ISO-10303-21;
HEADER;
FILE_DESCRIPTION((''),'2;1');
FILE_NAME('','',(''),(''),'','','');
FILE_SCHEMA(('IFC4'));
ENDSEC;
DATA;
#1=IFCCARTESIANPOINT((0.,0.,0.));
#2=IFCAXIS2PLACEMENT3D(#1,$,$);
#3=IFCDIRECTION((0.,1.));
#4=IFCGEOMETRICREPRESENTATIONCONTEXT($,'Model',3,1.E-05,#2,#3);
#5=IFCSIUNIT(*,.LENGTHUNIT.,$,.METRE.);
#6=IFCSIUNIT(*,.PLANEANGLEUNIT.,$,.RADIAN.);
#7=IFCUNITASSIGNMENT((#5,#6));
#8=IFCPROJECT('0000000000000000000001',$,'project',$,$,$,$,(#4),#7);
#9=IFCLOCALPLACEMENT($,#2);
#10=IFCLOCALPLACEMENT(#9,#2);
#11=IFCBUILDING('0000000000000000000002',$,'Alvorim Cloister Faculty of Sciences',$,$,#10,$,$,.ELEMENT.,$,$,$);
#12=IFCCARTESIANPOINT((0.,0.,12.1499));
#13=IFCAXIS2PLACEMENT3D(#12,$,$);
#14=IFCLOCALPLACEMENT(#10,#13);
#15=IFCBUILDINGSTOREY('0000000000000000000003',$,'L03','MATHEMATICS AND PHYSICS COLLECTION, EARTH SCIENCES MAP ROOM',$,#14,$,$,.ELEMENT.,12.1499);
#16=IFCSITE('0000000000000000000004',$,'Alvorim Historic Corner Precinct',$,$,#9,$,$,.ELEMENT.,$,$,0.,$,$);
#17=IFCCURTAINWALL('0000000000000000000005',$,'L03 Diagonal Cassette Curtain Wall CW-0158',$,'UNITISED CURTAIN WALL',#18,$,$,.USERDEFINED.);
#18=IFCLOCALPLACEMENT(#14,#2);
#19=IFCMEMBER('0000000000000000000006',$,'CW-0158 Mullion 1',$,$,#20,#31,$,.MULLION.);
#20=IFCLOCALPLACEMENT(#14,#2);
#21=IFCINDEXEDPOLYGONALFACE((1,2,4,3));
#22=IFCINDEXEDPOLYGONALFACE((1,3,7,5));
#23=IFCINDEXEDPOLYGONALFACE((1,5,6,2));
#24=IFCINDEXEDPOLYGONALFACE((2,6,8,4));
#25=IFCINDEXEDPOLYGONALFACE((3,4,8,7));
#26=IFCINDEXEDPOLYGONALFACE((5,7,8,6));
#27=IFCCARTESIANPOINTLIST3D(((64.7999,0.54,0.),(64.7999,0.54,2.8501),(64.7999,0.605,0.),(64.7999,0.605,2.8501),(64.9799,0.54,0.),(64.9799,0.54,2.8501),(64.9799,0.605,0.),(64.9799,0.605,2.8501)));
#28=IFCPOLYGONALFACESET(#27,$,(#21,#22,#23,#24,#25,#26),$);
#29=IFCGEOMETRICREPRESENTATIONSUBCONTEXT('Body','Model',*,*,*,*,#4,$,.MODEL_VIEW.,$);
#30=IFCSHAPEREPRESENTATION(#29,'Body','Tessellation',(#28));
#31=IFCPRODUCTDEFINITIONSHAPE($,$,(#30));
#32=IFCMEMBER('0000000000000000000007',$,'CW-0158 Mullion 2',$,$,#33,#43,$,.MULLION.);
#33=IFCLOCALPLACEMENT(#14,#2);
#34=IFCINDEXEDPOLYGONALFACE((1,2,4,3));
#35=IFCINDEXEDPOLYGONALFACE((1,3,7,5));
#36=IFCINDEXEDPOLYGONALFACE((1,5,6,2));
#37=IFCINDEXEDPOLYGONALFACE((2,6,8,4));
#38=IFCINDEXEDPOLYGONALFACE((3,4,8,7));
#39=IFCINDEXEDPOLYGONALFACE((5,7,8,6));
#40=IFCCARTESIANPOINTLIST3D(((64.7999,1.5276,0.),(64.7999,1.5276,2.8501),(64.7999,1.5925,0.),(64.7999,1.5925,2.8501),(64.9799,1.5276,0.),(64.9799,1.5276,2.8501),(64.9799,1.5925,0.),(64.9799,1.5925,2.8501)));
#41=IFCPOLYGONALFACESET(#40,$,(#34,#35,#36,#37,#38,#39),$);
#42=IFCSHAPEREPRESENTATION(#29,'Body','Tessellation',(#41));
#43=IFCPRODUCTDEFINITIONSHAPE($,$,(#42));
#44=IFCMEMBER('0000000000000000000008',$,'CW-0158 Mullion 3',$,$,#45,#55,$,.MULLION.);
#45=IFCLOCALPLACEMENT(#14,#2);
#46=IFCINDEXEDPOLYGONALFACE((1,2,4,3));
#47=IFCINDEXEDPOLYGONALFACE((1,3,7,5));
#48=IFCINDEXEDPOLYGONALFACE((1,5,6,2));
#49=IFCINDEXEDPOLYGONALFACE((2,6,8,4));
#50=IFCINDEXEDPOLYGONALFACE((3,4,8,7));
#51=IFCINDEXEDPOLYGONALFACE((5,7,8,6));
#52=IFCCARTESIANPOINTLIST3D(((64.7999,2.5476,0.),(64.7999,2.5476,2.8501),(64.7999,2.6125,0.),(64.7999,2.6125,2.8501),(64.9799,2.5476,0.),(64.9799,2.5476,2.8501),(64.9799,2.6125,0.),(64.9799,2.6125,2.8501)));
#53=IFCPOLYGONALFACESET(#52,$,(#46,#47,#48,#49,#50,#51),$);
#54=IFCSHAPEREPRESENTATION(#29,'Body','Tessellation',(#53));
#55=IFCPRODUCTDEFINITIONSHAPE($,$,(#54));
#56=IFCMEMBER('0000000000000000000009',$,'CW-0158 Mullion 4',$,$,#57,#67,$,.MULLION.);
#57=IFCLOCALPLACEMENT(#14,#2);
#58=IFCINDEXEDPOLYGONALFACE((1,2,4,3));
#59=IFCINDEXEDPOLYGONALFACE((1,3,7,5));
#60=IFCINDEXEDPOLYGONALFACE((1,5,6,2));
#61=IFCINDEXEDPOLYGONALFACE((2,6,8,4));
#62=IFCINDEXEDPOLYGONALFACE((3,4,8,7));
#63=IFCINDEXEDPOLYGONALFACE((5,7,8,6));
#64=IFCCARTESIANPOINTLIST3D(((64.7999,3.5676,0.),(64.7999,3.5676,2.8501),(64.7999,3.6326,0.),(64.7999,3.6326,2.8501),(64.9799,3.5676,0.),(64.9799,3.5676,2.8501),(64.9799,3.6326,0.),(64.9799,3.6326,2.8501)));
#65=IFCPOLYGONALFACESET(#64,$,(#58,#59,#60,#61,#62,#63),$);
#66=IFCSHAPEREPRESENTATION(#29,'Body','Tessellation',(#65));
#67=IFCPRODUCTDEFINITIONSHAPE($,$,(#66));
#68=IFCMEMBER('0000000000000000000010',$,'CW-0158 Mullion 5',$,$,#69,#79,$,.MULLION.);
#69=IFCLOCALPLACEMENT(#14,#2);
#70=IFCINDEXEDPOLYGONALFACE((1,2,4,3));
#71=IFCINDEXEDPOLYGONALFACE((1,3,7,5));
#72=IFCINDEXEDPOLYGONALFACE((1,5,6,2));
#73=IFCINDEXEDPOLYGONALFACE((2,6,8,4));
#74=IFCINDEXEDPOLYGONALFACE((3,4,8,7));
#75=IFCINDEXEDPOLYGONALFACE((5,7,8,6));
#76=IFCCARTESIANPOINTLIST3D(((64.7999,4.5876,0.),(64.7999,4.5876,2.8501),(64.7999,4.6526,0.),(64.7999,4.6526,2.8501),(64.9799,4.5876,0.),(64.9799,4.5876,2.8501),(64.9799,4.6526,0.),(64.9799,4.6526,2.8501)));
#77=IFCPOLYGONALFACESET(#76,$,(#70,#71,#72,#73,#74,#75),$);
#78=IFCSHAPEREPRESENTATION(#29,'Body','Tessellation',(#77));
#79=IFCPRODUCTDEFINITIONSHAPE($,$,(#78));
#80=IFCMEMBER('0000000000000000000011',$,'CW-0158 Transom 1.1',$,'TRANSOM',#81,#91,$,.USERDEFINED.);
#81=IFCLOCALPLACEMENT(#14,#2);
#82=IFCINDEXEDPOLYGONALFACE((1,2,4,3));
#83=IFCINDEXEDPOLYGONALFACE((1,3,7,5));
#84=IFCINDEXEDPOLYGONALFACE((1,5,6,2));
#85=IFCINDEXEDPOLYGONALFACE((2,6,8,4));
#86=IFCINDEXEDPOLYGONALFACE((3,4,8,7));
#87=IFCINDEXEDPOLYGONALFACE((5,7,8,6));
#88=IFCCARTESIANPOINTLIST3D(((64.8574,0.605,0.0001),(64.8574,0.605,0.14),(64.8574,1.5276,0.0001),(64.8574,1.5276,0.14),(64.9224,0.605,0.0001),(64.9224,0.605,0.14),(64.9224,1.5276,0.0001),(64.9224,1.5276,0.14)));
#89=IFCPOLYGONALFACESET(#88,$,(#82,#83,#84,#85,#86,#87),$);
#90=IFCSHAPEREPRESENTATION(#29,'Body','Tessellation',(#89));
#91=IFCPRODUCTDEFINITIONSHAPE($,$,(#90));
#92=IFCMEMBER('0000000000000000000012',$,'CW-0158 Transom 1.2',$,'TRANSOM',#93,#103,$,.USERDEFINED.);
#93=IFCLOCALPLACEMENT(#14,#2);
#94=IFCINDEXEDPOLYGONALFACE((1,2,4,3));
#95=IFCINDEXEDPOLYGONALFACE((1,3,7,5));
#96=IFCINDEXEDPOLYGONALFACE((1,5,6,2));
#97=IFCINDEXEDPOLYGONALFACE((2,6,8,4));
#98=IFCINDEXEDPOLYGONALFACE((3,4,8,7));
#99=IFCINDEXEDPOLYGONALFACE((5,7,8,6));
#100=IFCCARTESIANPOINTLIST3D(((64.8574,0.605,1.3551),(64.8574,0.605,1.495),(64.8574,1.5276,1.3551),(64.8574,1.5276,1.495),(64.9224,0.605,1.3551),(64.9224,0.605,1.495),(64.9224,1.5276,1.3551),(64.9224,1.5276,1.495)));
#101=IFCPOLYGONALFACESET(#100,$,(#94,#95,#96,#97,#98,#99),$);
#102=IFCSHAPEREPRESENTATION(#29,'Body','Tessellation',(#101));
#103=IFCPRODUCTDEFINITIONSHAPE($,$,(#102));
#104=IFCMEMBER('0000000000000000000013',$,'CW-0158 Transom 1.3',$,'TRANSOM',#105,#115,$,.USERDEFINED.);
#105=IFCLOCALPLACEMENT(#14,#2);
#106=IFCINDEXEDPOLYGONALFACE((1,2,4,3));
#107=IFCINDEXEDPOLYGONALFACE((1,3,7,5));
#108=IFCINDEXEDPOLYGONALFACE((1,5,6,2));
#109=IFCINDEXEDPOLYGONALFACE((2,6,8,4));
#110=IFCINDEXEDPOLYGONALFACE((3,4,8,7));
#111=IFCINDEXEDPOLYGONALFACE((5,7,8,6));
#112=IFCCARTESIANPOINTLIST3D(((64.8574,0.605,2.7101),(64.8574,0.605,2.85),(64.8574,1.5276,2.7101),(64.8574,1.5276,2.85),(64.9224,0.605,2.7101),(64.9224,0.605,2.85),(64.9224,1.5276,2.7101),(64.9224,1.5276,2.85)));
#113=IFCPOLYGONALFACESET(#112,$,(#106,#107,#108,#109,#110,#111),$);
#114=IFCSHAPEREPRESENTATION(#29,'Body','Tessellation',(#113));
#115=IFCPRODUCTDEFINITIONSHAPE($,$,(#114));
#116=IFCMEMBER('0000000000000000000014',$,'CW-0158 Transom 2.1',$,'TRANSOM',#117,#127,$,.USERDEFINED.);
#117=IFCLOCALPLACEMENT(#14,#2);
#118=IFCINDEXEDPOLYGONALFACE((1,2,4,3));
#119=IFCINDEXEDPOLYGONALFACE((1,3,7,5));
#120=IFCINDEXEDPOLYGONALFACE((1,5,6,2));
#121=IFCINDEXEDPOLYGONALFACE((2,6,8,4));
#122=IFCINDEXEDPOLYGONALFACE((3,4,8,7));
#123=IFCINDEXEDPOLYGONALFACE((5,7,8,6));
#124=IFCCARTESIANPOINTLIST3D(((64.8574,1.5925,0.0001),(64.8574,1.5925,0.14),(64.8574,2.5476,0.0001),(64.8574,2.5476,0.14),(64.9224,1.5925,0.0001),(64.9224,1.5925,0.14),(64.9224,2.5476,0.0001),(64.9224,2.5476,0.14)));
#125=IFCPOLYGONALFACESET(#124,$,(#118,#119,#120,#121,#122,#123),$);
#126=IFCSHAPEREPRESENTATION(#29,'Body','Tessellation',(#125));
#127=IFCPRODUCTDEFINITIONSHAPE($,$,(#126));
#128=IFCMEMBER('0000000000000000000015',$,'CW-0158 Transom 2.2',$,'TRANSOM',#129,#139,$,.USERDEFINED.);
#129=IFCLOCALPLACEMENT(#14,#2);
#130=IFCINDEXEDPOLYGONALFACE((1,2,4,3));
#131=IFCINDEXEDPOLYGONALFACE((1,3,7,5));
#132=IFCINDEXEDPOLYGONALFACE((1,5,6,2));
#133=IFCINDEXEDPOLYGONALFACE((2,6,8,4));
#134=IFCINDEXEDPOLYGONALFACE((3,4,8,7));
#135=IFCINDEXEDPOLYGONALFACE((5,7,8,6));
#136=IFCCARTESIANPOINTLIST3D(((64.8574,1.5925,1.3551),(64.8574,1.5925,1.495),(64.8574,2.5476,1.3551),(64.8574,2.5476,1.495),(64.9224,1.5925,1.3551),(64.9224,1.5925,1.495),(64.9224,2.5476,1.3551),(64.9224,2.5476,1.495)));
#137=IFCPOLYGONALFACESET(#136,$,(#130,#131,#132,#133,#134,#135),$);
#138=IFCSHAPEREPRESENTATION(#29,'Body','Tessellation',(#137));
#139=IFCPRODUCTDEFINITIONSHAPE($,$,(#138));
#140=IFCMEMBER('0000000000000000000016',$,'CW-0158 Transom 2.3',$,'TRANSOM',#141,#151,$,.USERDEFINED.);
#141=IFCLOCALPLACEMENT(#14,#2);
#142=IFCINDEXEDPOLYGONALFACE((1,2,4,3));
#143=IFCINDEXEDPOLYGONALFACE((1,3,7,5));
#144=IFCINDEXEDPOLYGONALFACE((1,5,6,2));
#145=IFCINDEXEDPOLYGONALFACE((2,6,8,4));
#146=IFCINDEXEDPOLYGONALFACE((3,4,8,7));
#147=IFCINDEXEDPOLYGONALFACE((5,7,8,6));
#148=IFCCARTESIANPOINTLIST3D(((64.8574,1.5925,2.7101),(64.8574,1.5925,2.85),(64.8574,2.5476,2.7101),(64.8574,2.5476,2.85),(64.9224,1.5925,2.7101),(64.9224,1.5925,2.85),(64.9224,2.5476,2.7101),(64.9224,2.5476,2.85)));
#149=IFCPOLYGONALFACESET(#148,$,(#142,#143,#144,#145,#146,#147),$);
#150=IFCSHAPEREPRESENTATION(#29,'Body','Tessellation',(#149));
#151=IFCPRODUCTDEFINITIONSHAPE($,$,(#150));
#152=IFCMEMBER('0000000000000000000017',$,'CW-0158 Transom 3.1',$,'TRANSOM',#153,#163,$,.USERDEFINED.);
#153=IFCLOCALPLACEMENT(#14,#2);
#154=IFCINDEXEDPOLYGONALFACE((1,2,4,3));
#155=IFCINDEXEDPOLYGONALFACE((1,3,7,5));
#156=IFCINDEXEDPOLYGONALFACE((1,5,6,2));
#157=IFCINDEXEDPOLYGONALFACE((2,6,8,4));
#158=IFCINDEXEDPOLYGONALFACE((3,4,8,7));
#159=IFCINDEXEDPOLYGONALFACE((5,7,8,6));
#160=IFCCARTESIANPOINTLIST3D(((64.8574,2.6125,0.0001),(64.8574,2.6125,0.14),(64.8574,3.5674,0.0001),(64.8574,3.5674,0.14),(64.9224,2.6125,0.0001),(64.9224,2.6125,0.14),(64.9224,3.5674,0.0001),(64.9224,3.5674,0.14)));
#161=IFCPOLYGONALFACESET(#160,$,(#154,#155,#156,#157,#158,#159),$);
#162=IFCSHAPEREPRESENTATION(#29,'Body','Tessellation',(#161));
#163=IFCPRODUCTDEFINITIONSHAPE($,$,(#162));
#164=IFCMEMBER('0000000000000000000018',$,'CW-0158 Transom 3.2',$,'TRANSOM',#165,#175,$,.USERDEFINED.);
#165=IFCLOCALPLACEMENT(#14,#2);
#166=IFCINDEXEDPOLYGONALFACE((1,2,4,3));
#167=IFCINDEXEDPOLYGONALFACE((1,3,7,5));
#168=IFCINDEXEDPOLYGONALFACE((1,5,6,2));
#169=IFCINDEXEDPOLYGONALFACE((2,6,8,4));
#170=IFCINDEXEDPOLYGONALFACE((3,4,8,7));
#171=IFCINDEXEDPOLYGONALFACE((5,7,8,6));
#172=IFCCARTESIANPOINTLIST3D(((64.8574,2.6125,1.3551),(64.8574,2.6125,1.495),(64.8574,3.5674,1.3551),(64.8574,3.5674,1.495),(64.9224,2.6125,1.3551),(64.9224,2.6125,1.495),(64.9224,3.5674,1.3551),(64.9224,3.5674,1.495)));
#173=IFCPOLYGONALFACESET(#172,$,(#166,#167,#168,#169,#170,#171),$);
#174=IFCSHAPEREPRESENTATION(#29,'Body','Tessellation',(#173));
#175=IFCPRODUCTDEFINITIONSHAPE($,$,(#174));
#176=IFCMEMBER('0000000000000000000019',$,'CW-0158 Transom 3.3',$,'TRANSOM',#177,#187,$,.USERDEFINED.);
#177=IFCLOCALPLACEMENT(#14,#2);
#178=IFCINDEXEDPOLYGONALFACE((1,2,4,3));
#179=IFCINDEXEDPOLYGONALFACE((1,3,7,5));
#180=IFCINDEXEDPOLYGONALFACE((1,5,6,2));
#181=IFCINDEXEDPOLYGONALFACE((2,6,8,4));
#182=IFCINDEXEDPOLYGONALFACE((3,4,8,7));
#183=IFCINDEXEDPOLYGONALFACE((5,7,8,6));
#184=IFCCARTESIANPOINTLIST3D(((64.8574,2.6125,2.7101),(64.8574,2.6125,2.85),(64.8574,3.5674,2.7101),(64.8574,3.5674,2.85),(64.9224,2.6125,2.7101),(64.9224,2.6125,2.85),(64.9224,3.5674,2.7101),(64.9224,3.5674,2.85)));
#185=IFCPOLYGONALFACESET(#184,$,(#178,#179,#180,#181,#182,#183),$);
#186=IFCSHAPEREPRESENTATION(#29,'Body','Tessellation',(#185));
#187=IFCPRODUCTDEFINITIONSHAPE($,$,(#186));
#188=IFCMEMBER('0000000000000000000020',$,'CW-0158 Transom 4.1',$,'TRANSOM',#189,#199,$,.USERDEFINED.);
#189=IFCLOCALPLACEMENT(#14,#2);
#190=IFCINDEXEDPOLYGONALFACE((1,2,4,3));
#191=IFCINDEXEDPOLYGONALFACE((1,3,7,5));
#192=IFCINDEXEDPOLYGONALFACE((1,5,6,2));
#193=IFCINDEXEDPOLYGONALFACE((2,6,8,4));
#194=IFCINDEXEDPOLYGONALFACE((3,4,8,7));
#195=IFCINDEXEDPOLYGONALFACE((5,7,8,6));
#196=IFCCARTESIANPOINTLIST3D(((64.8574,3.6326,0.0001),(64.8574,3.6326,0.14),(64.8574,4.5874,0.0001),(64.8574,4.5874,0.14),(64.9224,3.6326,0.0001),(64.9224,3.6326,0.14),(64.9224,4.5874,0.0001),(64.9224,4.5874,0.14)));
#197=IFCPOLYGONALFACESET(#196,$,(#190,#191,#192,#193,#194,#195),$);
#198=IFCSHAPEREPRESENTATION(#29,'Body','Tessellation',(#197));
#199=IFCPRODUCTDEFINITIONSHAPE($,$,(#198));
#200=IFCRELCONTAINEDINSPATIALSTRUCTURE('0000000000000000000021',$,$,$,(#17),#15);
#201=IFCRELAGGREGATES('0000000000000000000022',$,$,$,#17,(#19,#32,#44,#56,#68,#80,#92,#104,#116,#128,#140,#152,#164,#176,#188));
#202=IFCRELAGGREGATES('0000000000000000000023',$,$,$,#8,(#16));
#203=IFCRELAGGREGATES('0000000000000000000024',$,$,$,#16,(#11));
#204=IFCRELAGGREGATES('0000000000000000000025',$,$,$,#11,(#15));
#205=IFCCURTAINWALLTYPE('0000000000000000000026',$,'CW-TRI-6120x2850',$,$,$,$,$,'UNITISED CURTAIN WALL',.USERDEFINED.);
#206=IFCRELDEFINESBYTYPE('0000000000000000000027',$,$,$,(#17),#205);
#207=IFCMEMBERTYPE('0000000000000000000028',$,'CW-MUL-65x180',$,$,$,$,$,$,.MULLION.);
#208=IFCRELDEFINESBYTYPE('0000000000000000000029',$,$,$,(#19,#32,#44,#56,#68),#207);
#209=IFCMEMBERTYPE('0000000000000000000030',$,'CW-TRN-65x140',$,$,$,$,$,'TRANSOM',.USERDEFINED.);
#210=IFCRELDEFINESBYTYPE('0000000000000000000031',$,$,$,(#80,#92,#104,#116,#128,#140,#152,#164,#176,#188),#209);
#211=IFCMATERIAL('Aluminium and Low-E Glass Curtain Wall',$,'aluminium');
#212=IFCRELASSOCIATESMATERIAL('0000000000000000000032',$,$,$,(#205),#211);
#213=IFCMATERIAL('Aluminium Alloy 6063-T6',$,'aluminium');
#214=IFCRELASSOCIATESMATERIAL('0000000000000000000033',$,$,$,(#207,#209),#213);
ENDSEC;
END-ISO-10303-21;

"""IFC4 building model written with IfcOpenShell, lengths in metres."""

from ifc_helpers import new_model, si_unit, direction, frame, origin, origin_2d, place, context, subcontext, project, spatial, rectangle, extrude, material, material_profile, profile_set, type_object, element, aggregate, save


model = new_model("IFC4")

# Units and contexts
model_context = context("Model", 3, precision=1e-05, world=origin(), true_north=direction((0.0, 1.0)))
body_context = subcontext(model_context, "Body", "Model", "MODEL_VIEW")
ifc_project = project(units=[si_unit("LENGTHUNIT", "METRE"), si_unit("PLANEANGLEUNIT", "RADIAN")], contexts=[model_context])

# Site, building, storey
site_placement = place(None, origin())
site = spatial("IfcSite", under=ifc_project, at=site_placement, Name="Alvorim Historic Corner Precinct", CompositionType="ELEMENT", RefElevation=0.0)
building_placement = place(site_placement, origin())
building = spatial("IfcBuilding", under=site, at=building_placement, Name="Alvorim Cloister Faculty of Sciences", CompositionType="ELEMENT")
storey_placement = place(building_placement, frame((0.0, 0.0, 12.1499)))
storey = spatial("IfcBuildingStorey", under=building, at=storey_placement, Name="L03", Description="MATHEMATICS AND PHYSICS COLLECTION, EARTH SCIENCES MAP ROOM", CompositionType="ELEMENT", Elevation=12.1499)

# Curtain wall, members
ifc_material_1 = material(Name="Aluminium and Low-E Glass Curtain Wall", Category="aluminium")
curtain_wall_type = type_object("IfcCurtainWallType", Name="CW-TRI-6120x2850", ElementType="UNITISED CURTAIN WALL", PredefinedType="USERDEFINED", material=ifc_material_1)
curtain_wall_placement = place(storey_placement, origin())
curtain_wall = element("IfcCurtainWall", 1, at=curtain_wall_placement, inside=storey, type_object=curtain_wall_type, Name="L03 Diagonal Cassette Curtain Wall CW-0158", ObjectType="UNITISED CURTAIN WALL", PredefinedType="USERDEFINED")
ifc_material_2 = material(Name="Aluminium Alloy 6063-T6", Category="aluminium")
ifc_material_profile_1 = material_profile(ifc_material_2, rectangle(XDim=0.0649, YDim=0.1799, at=origin_2d()), Name="ALU-MUL-65x180")
ifc_profile_set_1 = profile_set([ifc_material_profile_1], Name="Aluminium Alloy 6063-T6")
member_type_1 = type_object("IfcMemberType", Name="CW-MUL-65x180", PredefinedType="MULLION", material=ifc_profile_set_1)
member_1_placement = place(storey_placement, frame((64.8899, 0.5725, 0.0), z_axis=(0.0, 0.0, 1.0), x_axis=(0.0, 1.0, 0.0)))
member_1 = element("IfcMember", 2, at=member_1_placement, type_object=member_type_1, Name="CW-0158 Mullion 1", PredefinedType="MULLION", context=body_context, shape_type="SweptSolid", body=[
    extrude(rectangle(XDim=0.0649, YDim=0.1799, at=origin_2d()), origin(), (0.0, 0.0, 1.0), 2.8501),
])
member_2_placement = place(storey_placement, frame((64.8899, 1.5601, 0.0), z_axis=(0.0, 0.0, 1.0), x_axis=(0.0, 1.0, 0.0)))
member_2 = element("IfcMember", 3, at=member_2_placement, type_object=member_type_1, Name="CW-0158 Mullion 2", PredefinedType="MULLION", context=body_context, shape_type="SweptSolid", body=[
    extrude(rectangle(XDim=0.0649, YDim=0.1799, at=origin_2d()), origin(), (0.0, 0.0, 1.0), 2.8501),
])
member_3_placement = place(storey_placement, frame((64.8899, 2.5801, 0.0), z_axis=(0.0, 0.0, 1.0), x_axis=(0.0, 1.0, 0.0)))
member_3 = element("IfcMember", 4, at=member_3_placement, type_object=member_type_1, Name="CW-0158 Mullion 3", PredefinedType="MULLION", context=body_context, shape_type="SweptSolid", body=[
    extrude(rectangle(XDim=0.0649, YDim=0.1799, at=origin_2d()), origin(), (0.0, 0.0, 1.0), 2.8501),
])
member_4_placement = place(storey_placement, frame((64.8899, 3.6001, 0.0), z_axis=(0.0, 0.0, 1.0), x_axis=(0.0, 1.0, 0.0)))
member_4 = element("IfcMember", 5, at=member_4_placement, type_object=member_type_1, Name="CW-0158 Mullion 4", PredefinedType="MULLION", context=body_context, shape_type="SweptSolid", body=[
    extrude(rectangle(XDim=0.0649, YDim=0.1799, at=origin_2d()), origin(), (0.0, 0.0, 1.0), 2.8501),
])
member_5_placement = place(storey_placement, frame((64.8899, 4.6201, 0.0), z_axis=(0.0, 0.0, 1.0), x_axis=(0.0, 1.0, 0.0)))
member_5 = element("IfcMember", 6, at=member_5_placement, type_object=member_type_1, Name="CW-0158 Mullion 5", PredefinedType="MULLION", context=body_context, shape_type="SweptSolid", body=[
    extrude(rectangle(XDim=0.0649, YDim=0.1799, at=origin_2d()), origin(), (0.0, 0.0, 1.0), 2.8501),
])
ifc_material_profile_2 = material_profile(ifc_material_2, rectangle(XDim=0.0649, YDim=0.1399, at=origin_2d()), Name="ALU-TRN-65x140")
ifc_profile_set_2 = profile_set([ifc_material_profile_2], Name="Aluminium Alloy 6063-T6")
member_type_2 = type_object("IfcMemberType", Name="CW-TRN-65x140", ElementType="TRANSOM", PredefinedType="USERDEFINED", material=ifc_profile_set_2)
member_6_placement = place(storey_placement, frame((64.8899, 0.605, 0.0701), z_axis=(0.0, 1.0, 0.0), x_axis=(-1.0, 0.0, 0.0)))
member_6 = element("IfcMember", 7, at=member_6_placement, type_object=member_type_2, Name="CW-0158 Transom 1.1", ObjectType="TRANSOM", PredefinedType="USERDEFINED", context=body_context, shape_type="SweptSolid", body=[
    extrude(rectangle(XDim=0.0649, YDim=0.1399, at=origin_2d()), origin(), (0.0, 0.0, 1.0), 0.9226),
])
member_7_placement = place(storey_placement, frame((64.8899, 0.605, 1.425), z_axis=(0.0, 1.0, 0.0), x_axis=(-1.0, 0.0, 0.0)))
member_7 = element("IfcMember", 8, at=member_7_placement, type_object=member_type_2, Name="CW-0158 Transom 1.2", ObjectType="TRANSOM", PredefinedType="USERDEFINED", context=body_context, shape_type="SweptSolid", body=[
    extrude(rectangle(XDim=0.0649, YDim=0.1399, at=origin_2d()), origin(), (0.0, 0.0, 1.0), 0.9226),
])
member_8_placement = place(storey_placement, frame((64.8899, 0.605, 2.78), z_axis=(0.0, 1.0, 0.0), x_axis=(-1.0, 0.0, 0.0)))
member_8 = element("IfcMember", 9, at=member_8_placement, type_object=member_type_2, Name="CW-0158 Transom 1.3", ObjectType="TRANSOM", PredefinedType="USERDEFINED", context=body_context, shape_type="SweptSolid", body=[
    extrude(rectangle(XDim=0.0649, YDim=0.1399, at=origin_2d()), origin(), (0.0, 0.0, 1.0), 0.9226),
])
member_9_placement = place(storey_placement, frame((64.8899, 1.5925, 0.0701), z_axis=(0.0, 1.0, 0.0), x_axis=(-1.0, 0.0, 0.0)))
member_9 = element("IfcMember", 10, at=member_9_placement, type_object=member_type_2, Name="CW-0158 Transom 2.1", ObjectType="TRANSOM", PredefinedType="USERDEFINED", context=body_context, shape_type="SweptSolid", body=[
    extrude(rectangle(XDim=0.0649, YDim=0.1399, at=origin_2d()), origin(), (0.0, 0.0, 1.0), 0.9551),
])
member_10_placement = place(storey_placement, frame((64.8899, 1.5925, 1.425), z_axis=(0.0, 1.0, 0.0), x_axis=(-1.0, 0.0, 0.0)))
member_10 = element("IfcMember", 11, at=member_10_placement, type_object=member_type_2, Name="CW-0158 Transom 2.2", ObjectType="TRANSOM", PredefinedType="USERDEFINED", context=body_context, shape_type="SweptSolid", body=[
    extrude(rectangle(XDim=0.0649, YDim=0.1399, at=origin_2d()), origin(), (0.0, 0.0, 1.0), 0.9551),
])
member_11_placement = place(storey_placement, frame((64.8899, 1.5925, 2.78), z_axis=(0.0, 1.0, 0.0), x_axis=(-1.0, 0.0, 0.0)))
member_11 = element("IfcMember", 12, at=member_11_placement, type_object=member_type_2, Name="CW-0158 Transom 2.3", ObjectType="TRANSOM", PredefinedType="USERDEFINED", context=body_context, shape_type="SweptSolid", body=[
    extrude(rectangle(XDim=0.0649, YDim=0.1399, at=origin_2d()), origin(), (0.0, 0.0, 1.0), 0.9551),
])
member_12_placement = place(storey_placement, frame((64.8899, 2.6125, 0.0701), z_axis=(0.0, 1.0, 0.0), x_axis=(-1.0, 0.0, 0.0)))
member_12 = element("IfcMember", 13, at=member_12_placement, type_object=member_type_2, Name="CW-0158 Transom 3.1", ObjectType="TRANSOM", PredefinedType="USERDEFINED", context=body_context, shape_type="SweptSolid", body=[
    extrude(rectangle(XDim=0.0649, YDim=0.1399, at=origin_2d()), origin(), (0.0, 0.0, 1.0), 0.9548),
])
member_13_placement = place(storey_placement, frame((64.8899, 2.6125, 1.425), z_axis=(0.0, 1.0, 0.0), x_axis=(-1.0, 0.0, 0.0)))
member_13 = element("IfcMember", 14, at=member_13_placement, type_object=member_type_2, Name="CW-0158 Transom 3.2", ObjectType="TRANSOM", PredefinedType="USERDEFINED", context=body_context, shape_type="SweptSolid", body=[
    extrude(rectangle(XDim=0.0649, YDim=0.1399, at=origin_2d()), origin(), (0.0, 0.0, 1.0), 0.9548),
])
member_14_placement = place(storey_placement, frame((64.8899, 2.6125, 2.78), z_axis=(0.0, 1.0, 0.0), x_axis=(-1.0, 0.0, 0.0)))
member_14 = element("IfcMember", 15, at=member_14_placement, type_object=member_type_2, Name="CW-0158 Transom 3.3", ObjectType="TRANSOM", PredefinedType="USERDEFINED", context=body_context, shape_type="SweptSolid", body=[
    extrude(rectangle(XDim=0.0649, YDim=0.1399, at=origin_2d()), origin(), (0.0, 0.0, 1.0), 0.9548),
])
member_15_placement = place(storey_placement, frame((64.8899, 3.6326, 0.0701), z_axis=(0.0, 1.0, 0.0), x_axis=(-1.0, 0.0, 0.0)))
member_15 = element("IfcMember", 16, at=member_15_placement, type_object=member_type_2, Name="CW-0158 Transom 4.1", ObjectType="TRANSOM", PredefinedType="USERDEFINED", context=body_context, shape_type="SweptSolid", body=[
    extrude(rectangle(XDim=0.0649, YDim=0.1399, at=origin_2d()), origin(), (0.0, 0.0, 1.0), 0.9548),
])
aggregate(curtain_wall, [member_1, member_2, member_3, member_4, member_5, member_6, member_7, member_8, member_9, member_10, member_11, member_12, member_13, member_14, member_15])

save(model, "model.ifc")
